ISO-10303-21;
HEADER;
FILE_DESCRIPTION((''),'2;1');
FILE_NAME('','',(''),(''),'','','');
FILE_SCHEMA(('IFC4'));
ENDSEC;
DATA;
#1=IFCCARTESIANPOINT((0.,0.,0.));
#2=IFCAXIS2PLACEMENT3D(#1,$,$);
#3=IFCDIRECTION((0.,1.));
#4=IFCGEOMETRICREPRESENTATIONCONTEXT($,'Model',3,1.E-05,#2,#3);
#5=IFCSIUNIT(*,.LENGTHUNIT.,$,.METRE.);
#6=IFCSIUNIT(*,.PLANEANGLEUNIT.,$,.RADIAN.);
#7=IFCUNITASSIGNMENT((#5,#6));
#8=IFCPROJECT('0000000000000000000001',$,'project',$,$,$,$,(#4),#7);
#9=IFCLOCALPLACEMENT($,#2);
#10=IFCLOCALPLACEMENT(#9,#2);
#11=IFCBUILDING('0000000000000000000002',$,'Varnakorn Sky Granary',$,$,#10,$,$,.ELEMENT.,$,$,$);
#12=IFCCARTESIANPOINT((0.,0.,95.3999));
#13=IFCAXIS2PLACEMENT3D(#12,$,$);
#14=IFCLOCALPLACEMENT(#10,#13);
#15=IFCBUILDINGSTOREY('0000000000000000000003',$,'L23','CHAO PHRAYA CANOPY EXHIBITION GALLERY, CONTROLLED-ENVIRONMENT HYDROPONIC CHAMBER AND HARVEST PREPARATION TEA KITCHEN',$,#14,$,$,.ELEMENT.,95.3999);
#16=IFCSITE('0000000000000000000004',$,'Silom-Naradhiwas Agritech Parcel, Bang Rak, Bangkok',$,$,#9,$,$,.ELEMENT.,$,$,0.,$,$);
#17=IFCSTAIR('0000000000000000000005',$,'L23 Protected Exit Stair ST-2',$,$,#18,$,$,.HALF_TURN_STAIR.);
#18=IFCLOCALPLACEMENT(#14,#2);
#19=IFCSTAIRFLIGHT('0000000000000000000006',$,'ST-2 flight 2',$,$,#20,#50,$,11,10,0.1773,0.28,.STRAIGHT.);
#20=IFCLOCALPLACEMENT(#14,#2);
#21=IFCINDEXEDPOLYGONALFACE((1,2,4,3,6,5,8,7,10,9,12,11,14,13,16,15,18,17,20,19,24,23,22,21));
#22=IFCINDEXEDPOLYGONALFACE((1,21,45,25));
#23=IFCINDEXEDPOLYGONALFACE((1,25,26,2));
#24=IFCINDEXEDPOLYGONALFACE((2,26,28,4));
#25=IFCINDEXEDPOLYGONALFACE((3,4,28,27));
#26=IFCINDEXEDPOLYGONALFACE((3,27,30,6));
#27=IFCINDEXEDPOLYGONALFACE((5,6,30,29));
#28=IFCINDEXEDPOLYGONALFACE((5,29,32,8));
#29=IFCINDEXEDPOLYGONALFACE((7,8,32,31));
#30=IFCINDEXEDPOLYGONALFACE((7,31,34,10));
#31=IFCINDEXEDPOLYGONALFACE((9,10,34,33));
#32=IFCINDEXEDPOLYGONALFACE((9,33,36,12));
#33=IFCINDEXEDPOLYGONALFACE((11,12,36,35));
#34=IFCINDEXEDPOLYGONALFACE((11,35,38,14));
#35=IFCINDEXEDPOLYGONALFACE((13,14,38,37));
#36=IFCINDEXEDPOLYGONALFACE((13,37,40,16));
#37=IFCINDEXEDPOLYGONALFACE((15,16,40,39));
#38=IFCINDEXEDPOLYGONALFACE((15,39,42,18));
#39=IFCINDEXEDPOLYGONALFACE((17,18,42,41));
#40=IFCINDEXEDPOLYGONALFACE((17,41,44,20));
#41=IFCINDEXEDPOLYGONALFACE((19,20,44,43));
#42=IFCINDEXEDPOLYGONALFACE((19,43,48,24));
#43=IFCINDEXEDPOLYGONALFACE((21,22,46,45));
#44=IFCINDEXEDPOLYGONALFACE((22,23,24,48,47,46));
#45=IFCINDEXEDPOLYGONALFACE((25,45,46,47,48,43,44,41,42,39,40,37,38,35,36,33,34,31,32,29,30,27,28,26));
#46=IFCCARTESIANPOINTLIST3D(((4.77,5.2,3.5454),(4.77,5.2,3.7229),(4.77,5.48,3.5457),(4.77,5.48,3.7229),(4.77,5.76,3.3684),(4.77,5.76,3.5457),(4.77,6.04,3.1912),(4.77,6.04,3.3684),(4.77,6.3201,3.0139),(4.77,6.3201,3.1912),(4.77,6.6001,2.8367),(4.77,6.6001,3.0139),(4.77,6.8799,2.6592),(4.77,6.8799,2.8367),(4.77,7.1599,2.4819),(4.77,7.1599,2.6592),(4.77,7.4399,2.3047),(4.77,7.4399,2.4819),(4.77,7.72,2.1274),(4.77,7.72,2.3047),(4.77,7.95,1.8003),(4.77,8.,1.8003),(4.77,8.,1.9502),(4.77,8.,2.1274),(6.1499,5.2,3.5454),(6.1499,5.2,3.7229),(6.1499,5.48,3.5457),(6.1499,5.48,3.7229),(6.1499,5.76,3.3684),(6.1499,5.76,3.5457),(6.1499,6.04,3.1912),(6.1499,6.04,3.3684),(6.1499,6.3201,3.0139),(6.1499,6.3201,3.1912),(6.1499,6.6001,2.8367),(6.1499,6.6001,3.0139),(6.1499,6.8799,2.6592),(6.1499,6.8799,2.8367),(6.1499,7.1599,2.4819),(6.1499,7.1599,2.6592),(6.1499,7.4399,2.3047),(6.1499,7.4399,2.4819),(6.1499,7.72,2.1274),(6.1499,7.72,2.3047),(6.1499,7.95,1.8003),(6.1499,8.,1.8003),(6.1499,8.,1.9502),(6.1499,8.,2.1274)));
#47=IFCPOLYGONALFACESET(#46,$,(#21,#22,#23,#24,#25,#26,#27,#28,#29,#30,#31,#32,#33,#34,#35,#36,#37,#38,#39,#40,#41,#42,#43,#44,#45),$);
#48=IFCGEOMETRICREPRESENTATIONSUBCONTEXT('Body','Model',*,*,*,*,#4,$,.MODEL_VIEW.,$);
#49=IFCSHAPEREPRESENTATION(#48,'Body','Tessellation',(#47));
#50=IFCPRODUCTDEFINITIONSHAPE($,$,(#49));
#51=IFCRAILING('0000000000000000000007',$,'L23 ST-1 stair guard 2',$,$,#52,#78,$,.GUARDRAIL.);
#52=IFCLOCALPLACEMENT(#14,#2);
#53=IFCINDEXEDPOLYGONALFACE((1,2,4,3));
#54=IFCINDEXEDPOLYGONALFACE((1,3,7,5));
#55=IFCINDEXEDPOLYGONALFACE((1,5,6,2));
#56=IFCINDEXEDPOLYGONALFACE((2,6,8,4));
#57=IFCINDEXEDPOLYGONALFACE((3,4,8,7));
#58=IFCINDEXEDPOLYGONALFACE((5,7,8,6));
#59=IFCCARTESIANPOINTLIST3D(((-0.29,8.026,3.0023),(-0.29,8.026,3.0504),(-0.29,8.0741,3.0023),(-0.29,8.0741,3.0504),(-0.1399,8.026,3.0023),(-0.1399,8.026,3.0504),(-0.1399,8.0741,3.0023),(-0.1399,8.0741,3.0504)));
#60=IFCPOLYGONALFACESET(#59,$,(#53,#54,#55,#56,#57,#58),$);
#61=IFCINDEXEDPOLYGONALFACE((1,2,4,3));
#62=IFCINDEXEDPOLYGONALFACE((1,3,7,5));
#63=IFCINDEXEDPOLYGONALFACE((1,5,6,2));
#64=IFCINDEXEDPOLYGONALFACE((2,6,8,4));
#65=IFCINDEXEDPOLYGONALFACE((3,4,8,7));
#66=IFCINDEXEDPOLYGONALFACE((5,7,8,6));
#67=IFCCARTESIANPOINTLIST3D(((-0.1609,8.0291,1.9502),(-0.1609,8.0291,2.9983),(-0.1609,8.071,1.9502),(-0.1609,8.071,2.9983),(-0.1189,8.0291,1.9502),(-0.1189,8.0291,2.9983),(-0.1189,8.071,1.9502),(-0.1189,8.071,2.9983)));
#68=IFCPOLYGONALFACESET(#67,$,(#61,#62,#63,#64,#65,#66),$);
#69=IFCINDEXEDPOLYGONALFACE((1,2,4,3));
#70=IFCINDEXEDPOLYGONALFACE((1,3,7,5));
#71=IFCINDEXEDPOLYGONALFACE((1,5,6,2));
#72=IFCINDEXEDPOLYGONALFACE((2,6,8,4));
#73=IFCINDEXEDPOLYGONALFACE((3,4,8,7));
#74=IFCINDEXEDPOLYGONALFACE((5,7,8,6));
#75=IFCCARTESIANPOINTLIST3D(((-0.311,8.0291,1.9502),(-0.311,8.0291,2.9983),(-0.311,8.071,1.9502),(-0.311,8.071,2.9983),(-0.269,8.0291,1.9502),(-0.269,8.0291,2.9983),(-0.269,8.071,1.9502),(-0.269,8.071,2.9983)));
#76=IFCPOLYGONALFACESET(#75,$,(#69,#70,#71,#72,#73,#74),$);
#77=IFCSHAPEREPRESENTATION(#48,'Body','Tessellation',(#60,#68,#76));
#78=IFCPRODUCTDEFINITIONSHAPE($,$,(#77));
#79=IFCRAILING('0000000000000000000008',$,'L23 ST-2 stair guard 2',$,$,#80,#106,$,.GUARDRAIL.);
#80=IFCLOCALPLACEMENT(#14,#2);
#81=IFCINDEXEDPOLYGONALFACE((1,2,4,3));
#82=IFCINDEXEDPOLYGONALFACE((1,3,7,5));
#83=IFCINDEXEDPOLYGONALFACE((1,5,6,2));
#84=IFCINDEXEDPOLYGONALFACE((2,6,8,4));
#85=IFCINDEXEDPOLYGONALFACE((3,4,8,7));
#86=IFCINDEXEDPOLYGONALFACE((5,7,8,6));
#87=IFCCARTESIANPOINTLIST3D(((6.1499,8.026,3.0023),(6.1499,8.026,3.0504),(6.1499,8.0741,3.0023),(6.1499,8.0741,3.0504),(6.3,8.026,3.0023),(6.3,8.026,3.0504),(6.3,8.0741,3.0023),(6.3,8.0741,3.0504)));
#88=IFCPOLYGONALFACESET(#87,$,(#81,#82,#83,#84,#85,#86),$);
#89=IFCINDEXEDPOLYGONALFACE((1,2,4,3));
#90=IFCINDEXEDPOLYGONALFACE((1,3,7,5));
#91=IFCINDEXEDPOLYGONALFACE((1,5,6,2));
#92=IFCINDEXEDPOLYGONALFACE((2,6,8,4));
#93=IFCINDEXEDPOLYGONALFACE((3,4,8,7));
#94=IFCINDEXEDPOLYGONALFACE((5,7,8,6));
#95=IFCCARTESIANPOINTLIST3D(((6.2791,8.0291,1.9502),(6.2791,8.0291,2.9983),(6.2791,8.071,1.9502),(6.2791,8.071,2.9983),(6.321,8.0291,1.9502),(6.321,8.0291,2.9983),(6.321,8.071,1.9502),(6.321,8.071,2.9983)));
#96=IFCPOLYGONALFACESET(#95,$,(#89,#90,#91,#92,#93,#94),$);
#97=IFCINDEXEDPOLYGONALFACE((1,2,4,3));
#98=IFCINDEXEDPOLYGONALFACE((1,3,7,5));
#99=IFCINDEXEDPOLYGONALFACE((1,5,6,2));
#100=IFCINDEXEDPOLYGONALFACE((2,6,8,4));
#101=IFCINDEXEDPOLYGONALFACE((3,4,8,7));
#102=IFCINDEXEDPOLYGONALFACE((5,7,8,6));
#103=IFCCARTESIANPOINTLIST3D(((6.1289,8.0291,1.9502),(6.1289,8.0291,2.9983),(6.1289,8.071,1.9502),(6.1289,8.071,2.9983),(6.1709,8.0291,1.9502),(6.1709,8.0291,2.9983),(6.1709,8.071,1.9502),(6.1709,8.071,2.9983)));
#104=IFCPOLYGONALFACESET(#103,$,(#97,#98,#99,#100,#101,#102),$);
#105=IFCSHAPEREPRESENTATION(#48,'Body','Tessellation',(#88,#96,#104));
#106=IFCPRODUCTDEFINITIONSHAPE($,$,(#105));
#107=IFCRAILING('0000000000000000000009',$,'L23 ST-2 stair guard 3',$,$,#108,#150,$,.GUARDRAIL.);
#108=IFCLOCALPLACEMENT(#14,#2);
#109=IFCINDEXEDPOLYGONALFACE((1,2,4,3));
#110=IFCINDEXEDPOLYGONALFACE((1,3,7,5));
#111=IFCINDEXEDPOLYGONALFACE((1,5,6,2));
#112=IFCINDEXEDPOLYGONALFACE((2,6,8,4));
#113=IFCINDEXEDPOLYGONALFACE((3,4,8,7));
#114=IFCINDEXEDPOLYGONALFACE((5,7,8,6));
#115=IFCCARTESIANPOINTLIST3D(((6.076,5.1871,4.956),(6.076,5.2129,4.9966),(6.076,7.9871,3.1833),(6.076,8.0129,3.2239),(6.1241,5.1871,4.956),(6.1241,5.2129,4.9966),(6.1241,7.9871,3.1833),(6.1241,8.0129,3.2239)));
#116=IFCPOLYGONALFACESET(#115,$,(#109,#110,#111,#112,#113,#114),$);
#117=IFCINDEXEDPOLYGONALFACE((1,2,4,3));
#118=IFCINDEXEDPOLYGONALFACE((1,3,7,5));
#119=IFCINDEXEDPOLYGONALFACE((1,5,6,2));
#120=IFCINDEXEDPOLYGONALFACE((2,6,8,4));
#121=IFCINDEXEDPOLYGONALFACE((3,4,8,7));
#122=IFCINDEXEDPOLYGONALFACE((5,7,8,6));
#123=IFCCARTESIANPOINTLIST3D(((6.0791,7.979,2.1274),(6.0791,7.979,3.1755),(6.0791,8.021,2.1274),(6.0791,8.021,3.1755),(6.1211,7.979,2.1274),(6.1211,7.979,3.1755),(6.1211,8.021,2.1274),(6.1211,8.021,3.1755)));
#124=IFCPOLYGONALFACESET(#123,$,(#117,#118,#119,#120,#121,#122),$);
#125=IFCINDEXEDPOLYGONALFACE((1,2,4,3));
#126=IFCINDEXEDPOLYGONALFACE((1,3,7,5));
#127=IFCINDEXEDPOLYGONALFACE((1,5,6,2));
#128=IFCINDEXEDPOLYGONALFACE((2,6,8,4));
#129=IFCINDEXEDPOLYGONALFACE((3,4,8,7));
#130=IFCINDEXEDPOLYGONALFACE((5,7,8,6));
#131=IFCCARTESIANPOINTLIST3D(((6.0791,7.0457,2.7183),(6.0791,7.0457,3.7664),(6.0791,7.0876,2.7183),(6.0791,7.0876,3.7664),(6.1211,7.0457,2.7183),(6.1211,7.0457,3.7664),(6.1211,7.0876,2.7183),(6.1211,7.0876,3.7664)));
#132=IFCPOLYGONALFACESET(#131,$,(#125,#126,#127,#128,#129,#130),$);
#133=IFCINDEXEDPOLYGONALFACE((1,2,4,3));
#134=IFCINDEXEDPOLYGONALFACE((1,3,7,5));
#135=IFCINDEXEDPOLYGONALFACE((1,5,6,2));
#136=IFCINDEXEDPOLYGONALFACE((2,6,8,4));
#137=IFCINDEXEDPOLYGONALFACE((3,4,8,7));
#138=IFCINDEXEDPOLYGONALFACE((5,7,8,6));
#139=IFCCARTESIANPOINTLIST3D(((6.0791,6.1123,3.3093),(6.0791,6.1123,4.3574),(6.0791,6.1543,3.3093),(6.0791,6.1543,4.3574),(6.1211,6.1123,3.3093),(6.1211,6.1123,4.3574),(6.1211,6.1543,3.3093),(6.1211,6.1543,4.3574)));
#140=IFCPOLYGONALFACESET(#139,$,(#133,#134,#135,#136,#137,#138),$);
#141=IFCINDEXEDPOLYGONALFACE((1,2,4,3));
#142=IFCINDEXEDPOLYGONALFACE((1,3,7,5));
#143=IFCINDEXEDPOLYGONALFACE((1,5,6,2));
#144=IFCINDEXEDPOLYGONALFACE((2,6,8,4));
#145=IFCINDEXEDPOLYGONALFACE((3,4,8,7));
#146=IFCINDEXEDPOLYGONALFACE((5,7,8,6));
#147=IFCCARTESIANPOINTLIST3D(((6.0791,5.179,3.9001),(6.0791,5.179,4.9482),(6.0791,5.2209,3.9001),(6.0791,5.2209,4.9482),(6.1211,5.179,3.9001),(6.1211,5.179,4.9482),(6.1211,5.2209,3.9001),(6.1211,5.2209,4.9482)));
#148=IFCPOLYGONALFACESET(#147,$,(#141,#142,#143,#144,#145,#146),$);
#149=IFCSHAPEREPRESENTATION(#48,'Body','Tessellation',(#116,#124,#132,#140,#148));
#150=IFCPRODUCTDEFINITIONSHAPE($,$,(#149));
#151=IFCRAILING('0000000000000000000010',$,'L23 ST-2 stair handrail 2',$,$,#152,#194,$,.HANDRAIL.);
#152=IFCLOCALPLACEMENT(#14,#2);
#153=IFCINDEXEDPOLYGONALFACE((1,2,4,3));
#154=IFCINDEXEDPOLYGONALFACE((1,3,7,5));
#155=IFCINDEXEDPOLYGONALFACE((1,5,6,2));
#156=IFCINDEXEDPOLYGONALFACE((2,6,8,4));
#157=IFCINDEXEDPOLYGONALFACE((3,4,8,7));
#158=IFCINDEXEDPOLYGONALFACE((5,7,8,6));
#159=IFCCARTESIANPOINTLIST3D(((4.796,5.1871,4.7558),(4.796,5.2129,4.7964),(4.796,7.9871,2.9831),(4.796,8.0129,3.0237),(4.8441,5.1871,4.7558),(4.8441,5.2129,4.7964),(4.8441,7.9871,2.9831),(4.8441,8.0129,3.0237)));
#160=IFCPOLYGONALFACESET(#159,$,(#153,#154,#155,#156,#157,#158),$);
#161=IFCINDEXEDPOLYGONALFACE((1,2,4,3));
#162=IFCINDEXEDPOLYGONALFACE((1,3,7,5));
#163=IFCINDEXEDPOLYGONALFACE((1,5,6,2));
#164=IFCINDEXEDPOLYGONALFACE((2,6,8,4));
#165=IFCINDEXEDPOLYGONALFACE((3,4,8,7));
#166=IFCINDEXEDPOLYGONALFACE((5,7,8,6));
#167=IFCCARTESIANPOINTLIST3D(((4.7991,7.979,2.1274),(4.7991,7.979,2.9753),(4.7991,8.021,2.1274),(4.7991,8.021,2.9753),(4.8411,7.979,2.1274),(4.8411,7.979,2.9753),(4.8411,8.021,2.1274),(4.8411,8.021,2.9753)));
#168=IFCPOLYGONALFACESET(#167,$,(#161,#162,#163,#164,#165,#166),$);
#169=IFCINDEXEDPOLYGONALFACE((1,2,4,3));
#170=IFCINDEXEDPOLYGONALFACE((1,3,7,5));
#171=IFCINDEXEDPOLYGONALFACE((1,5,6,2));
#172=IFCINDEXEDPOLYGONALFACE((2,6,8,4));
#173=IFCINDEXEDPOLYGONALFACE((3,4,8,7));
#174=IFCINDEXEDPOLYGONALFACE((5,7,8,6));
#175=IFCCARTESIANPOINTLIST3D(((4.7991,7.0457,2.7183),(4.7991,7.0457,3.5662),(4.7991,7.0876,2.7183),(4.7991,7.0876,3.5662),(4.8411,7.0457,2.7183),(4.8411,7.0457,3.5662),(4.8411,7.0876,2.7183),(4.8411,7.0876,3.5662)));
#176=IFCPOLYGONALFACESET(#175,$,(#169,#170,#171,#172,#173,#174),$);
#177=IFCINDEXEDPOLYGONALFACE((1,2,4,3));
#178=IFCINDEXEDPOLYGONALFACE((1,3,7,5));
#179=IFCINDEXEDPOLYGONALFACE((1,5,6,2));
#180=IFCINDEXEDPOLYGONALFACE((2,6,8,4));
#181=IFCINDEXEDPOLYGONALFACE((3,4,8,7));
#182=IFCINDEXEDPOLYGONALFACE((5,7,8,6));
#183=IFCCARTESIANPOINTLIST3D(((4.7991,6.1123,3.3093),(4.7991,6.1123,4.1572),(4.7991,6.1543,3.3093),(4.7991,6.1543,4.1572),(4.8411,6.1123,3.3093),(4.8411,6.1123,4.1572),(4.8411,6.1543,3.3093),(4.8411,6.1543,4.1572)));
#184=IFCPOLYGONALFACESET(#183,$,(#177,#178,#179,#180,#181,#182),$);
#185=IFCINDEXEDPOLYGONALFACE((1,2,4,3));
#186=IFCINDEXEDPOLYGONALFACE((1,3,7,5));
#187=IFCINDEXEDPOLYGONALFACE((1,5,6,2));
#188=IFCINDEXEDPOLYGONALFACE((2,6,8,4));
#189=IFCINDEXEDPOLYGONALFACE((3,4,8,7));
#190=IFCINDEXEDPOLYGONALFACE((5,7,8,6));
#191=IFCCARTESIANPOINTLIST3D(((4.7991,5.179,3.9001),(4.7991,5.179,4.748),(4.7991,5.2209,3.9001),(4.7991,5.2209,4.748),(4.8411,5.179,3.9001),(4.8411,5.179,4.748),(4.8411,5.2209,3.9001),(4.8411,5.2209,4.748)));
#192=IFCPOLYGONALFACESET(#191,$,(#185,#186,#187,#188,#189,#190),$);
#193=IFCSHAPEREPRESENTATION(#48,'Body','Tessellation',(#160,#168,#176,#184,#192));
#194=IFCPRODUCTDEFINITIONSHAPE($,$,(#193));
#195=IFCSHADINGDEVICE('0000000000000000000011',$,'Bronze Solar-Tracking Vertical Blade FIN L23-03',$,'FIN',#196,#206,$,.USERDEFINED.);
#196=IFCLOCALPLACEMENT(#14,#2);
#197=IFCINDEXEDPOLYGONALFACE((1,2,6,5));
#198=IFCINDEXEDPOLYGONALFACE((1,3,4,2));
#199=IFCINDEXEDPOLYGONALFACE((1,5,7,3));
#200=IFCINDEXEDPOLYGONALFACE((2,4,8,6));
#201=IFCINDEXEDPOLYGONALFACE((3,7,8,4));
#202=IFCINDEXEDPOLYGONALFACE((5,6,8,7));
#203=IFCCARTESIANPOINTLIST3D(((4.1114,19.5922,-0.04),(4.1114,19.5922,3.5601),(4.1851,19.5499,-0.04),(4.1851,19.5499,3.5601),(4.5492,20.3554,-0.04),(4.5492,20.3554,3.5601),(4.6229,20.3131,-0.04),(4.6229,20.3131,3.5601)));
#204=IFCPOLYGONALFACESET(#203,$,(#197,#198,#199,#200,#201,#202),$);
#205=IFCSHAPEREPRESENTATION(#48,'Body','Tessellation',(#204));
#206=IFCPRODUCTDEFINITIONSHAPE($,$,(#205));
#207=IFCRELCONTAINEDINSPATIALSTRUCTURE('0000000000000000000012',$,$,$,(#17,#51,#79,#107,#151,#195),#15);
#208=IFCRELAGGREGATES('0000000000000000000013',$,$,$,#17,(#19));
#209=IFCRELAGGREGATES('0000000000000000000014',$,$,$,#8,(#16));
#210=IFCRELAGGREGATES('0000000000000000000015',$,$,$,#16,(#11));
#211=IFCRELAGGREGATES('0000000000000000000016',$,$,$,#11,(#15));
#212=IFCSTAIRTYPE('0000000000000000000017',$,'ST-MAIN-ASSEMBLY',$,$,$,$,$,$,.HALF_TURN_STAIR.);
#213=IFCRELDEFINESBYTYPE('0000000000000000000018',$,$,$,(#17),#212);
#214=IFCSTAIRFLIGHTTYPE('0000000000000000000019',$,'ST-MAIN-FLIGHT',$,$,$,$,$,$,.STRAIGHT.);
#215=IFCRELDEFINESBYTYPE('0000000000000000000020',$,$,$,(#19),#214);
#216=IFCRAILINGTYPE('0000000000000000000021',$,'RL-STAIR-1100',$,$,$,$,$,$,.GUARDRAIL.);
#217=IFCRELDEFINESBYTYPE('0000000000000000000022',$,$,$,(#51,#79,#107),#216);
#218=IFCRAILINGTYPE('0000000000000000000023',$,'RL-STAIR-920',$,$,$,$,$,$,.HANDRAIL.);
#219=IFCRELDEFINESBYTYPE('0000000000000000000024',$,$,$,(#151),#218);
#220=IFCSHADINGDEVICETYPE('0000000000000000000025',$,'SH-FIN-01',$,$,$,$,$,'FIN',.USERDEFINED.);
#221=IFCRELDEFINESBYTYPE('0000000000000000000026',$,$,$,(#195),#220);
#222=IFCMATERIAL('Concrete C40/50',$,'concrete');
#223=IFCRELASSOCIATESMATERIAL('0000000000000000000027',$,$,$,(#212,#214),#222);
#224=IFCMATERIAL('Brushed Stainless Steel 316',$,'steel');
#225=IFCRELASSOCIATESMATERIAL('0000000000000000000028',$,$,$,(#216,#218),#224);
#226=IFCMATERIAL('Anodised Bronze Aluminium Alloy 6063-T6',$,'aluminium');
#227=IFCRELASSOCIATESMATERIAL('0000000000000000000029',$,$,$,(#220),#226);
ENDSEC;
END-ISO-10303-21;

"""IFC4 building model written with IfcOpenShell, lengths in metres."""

from ifc_helpers import new_model, si_unit, direction, frame, origin, origin_2d, place, context, subcontext, project, spatial, polyline, rectangle, outline, extrude, source, transform, mapped, material, type_object, type_shapes, element, aggregate, save


model = new_model("IFC4")

# Units and contexts
model_context = context("Model", 3, precision=1e-05, world=origin(), true_north=direction((0.0, 1.0)))
body_context = subcontext(model_context, "Body", "Model", "MODEL_VIEW")
ifc_project = project(units=[si_unit("LENGTHUNIT", "METRE"), si_unit("PLANEANGLEUNIT", "RADIAN")], contexts=[model_context])

# Site, building, storey
site_placement = place(None, origin())
site = spatial("IfcSite", under=ifc_project, at=site_placement, Name="Silom-Naradhiwas Agritech Parcel, Bang Rak, Bangkok", CompositionType="ELEMENT", RefElevation=0.0)
building_placement = place(site_placement, origin())
building = spatial("IfcBuilding", under=site, at=building_placement, Name="Varnakorn Sky Granary", CompositionType="ELEMENT")
storey_placement = place(building_placement, frame((0.0, 0.0, 95.3999)))
storey = spatial("IfcBuildingStorey", under=building, at=storey_placement, Name="L23", Description="CHAO PHRAYA CANOPY EXHIBITION GALLERY, CONTROLLED-ENVIRONMENT HYDROPONIC CHAMBER AND HARVEST PREPARATION TEA KITCHEN", CompositionType="ELEMENT", Elevation=95.3999)

# Stair, stair flight
ifc_material_1 = material(Name="Concrete C40/50", Category="concrete")
stair_type = type_object("IfcStairType", Name="ST-MAIN-ASSEMBLY", PredefinedType="HALF_TURN_STAIR", material=ifc_material_1)
stair_placement = place(storey_placement, origin())
stair = element("IfcStair", 1, at=stair_placement, inside=storey, type_object=stair_type, Name="L23 Protected Exit Stair ST-2", PredefinedType="HALF_TURN_STAIR")
stair_flight_type = type_object("IfcStairFlightType", Name="ST-MAIN-FLIGHT", PredefinedType="STRAIGHT", material=ifc_material_1)
stair_flight_placement = place(storey_placement, frame((5.46, 8.0, 1.9502), z_axis=(0.0, 0.0, 1.0), x_axis=(0.0, -1.0, 0.0)))
stair_flight = element("IfcStairFlight", 2, at=stair_flight_placement, type_object=stair_flight_type, Name="ST-2 flight 2", NumberOfRisers=11, NumberOfTreads=10, PredefinedType="STRAIGHT", RiserHeight=0.1773, TreadLength=0.28, context=body_context, shape_type="SweptSolid", body=[
    extrude(outline(polyline([(0.0, -0.1499), (0.0, 0.0), (0.0, 0.1772), (0.28, 0.1772), (0.28, 0.3545), (0.5601, 0.3545), (0.5601, 0.5317), (0.8401, 0.5317), (0.8401, 0.709), (1.1201, 0.709), (1.1201, 0.8865), (1.3999, 0.8865), (1.3999, 1.0637), (1.6799, 1.0637), (1.6799, 1.241), (1.96, 1.241), (1.96, 1.4182), (2.24, 1.4182), (2.24, 1.5955), (2.52, 1.5955), (2.52, 1.7727), (2.8, 1.7727), (2.8, 1.95), (2.8, 1.5952), (0.05, -0.1499), (0.0, -0.1499)])), frame((0.0, 0.6899, 0.0), z_axis=(0.0, -1.0, 0.0), x_axis=(1.0, 0.0, 0.0)), (0.0, 0.0, 1.0), 1.3799),
])
aggregate(stair, [stair_flight])

# Railings
ifc_material_2 = material(Name="Brushed Stainless Steel 316", Category="steel")
railing_type_1 = type_object("IfcRailingType", Name="RL-STAIR-1100", PredefinedType="GUARDRAIL", material=ifc_material_2)
for number, where, name in (
    (3, (-0.1399, 8.05, 1.9502), "L23 ST-1 stair guard 2"),
    (4, (6.3, 8.05, 1.9502), "L23 ST-2 stair guard 2"),
):
    element("IfcRailing", number, at=place(storey_placement, frame(where)), inside=storey, type_object=railing_type_1, Name=name, PredefinedType="GUARDRAIL", context=body_context, shape_type="SweptSolid", body=[
        extrude(rectangle(XDim=0.0481, YDim=0.0481, at=origin_2d()), frame((0.0, 0.0, 1.0762), z_axis=(-1.0, 0.0, 0.0), x_axis=(0.0, -1.0, 0.0)), (0.0, 0.0, 1.0), 0.1501),
        extrude(rectangle(XDim=0.042, YDim=0.042, at=origin_2d()), origin(), (0.0, 0.0, 1.0), 1.0481),
        extrude(rectangle(XDim=0.042, YDim=0.042, at=origin_2d()), frame((-0.1501, 0.0, 0.0)), (0.0, 0.0, 1.0), 1.0481),
    ])
railing_1_placement = place(storey_placement, frame((6.1001, 8.0, 2.1274)))
element("IfcRailing", 5, at=railing_1_placement, inside=storey, type_object=railing_type_1, Name="L23 ST-2 stair guard 3", PredefinedType="GUARDRAIL", context=body_context, shape_type="SweptSolid", body=[
    extrude(rectangle(XDim=0.0481, YDim=0.0481, at=origin_2d()), frame((0.0, 0.0, 1.0762), z_axis=(0.0, -0.844909, 0.53491), x_axis=(1.0, 0.0, 0.0)), (0.0, 0.0, 1.0), 3.314),
    extrude(rectangle(XDim=0.042, YDim=0.042, at=origin_2d()), origin(), (0.0, 0.0, 1.0), 1.0481),
    extrude(rectangle(XDim=0.042, YDim=0.042, at=origin_2d()), frame((0.0, -0.9333, 0.5908)), (0.0, 0.0, 1.0), 1.0481),
    extrude(rectangle(XDim=0.042, YDim=0.042, at=origin_2d()), frame((0.0, -1.8667, 1.1819)), (0.0, 0.0, 1.0), 1.0481),
    extrude(rectangle(XDim=0.042, YDim=0.042, at=origin_2d()), frame((0.0, -2.8, 1.7727)), (0.0, 0.0, 1.0), 1.0481),
])
railing_type_2 = type_object("IfcRailingType", Name="RL-STAIR-920", PredefinedType="HANDRAIL", material=ifc_material_2)
railing_2_placement = place(storey_placement, frame((4.8201, 8.0, 2.1274)))
element("IfcRailing", 6, at=railing_2_placement, inside=storey, type_object=railing_type_2, Name="L23 ST-2 stair handrail 2", PredefinedType="HANDRAIL", context=body_context, shape_type="SweptSolid", body=[
    extrude(rectangle(XDim=0.0481, YDim=0.0481, at=origin_2d()), frame((0.0, 0.0, 0.876), z_axis=(0.0, -0.844909, 0.53491), x_axis=(1.0, 0.0, 0.0)), (0.0, 0.0, 1.0), 3.314),
    extrude(rectangle(XDim=0.042, YDim=0.042, at=origin_2d()), origin(), (0.0, 0.0, 1.0), 0.8479),
    extrude(rectangle(XDim=0.042, YDim=0.042, at=origin_2d()), frame((0.0, -0.9333, 0.5908)), (0.0, 0.0, 1.0), 0.8479),
    extrude(rectangle(XDim=0.042, YDim=0.042, at=origin_2d()), frame((0.0, -1.8667, 1.1819)), (0.0, 0.0, 1.0), 0.8479),
    extrude(rectangle(XDim=0.042, YDim=0.042, at=origin_2d()), frame((0.0, -2.8, 1.7727)), (0.0, 0.0, 1.0), 0.8479),
])

# Shading device
ifc_material_3 = material(Name="Anodised Bronze Aluminium Alloy 6063-T6", Category="aluminium")
shading_device_type = type_object("IfcShadingDeviceType", Name="SH-FIN-01", ElementType="FIN", PredefinedType="USERDEFINED", material=ifc_material_3)
shared_shape_1 = source(origin(), body_context, "Body", "SweptSolid", [
    extrude(rectangle(XDim=0.085, YDim=0.8799, at=origin_2d()), origin(), (0.0, 0.0, 1.0), 3.6001),
])
type_shapes(shading_device_type, [shared_shape_1])
shading_device_placement = place(storey_placement, frame((4.3672, 19.9526, -0.04), z_axis=(0.0, 0.0, 1.0), x_axis=(-0.867424, 0.49757, 0.0)))
element("IfcShadingDevice", 7, at=shading_device_placement, inside=storey, type_object=shading_device_type, Name="Bronze Solar-Tracking Vertical Blade FIN L23-03", ObjectType="FIN", PredefinedType="USERDEFINED", context=body_context, shape_type="MappedRepresentation", body=[
    mapped(shared_shape_1, transform((0.0, 0.0, 0.0), x_axis=(1.0, 0.0, 0.0), y_axis=(0.0, 1.0, 0.0), z_axis=(0.0, 0.0, 1.0), scale=1.0)),
])

save(model, "model.ifc")
